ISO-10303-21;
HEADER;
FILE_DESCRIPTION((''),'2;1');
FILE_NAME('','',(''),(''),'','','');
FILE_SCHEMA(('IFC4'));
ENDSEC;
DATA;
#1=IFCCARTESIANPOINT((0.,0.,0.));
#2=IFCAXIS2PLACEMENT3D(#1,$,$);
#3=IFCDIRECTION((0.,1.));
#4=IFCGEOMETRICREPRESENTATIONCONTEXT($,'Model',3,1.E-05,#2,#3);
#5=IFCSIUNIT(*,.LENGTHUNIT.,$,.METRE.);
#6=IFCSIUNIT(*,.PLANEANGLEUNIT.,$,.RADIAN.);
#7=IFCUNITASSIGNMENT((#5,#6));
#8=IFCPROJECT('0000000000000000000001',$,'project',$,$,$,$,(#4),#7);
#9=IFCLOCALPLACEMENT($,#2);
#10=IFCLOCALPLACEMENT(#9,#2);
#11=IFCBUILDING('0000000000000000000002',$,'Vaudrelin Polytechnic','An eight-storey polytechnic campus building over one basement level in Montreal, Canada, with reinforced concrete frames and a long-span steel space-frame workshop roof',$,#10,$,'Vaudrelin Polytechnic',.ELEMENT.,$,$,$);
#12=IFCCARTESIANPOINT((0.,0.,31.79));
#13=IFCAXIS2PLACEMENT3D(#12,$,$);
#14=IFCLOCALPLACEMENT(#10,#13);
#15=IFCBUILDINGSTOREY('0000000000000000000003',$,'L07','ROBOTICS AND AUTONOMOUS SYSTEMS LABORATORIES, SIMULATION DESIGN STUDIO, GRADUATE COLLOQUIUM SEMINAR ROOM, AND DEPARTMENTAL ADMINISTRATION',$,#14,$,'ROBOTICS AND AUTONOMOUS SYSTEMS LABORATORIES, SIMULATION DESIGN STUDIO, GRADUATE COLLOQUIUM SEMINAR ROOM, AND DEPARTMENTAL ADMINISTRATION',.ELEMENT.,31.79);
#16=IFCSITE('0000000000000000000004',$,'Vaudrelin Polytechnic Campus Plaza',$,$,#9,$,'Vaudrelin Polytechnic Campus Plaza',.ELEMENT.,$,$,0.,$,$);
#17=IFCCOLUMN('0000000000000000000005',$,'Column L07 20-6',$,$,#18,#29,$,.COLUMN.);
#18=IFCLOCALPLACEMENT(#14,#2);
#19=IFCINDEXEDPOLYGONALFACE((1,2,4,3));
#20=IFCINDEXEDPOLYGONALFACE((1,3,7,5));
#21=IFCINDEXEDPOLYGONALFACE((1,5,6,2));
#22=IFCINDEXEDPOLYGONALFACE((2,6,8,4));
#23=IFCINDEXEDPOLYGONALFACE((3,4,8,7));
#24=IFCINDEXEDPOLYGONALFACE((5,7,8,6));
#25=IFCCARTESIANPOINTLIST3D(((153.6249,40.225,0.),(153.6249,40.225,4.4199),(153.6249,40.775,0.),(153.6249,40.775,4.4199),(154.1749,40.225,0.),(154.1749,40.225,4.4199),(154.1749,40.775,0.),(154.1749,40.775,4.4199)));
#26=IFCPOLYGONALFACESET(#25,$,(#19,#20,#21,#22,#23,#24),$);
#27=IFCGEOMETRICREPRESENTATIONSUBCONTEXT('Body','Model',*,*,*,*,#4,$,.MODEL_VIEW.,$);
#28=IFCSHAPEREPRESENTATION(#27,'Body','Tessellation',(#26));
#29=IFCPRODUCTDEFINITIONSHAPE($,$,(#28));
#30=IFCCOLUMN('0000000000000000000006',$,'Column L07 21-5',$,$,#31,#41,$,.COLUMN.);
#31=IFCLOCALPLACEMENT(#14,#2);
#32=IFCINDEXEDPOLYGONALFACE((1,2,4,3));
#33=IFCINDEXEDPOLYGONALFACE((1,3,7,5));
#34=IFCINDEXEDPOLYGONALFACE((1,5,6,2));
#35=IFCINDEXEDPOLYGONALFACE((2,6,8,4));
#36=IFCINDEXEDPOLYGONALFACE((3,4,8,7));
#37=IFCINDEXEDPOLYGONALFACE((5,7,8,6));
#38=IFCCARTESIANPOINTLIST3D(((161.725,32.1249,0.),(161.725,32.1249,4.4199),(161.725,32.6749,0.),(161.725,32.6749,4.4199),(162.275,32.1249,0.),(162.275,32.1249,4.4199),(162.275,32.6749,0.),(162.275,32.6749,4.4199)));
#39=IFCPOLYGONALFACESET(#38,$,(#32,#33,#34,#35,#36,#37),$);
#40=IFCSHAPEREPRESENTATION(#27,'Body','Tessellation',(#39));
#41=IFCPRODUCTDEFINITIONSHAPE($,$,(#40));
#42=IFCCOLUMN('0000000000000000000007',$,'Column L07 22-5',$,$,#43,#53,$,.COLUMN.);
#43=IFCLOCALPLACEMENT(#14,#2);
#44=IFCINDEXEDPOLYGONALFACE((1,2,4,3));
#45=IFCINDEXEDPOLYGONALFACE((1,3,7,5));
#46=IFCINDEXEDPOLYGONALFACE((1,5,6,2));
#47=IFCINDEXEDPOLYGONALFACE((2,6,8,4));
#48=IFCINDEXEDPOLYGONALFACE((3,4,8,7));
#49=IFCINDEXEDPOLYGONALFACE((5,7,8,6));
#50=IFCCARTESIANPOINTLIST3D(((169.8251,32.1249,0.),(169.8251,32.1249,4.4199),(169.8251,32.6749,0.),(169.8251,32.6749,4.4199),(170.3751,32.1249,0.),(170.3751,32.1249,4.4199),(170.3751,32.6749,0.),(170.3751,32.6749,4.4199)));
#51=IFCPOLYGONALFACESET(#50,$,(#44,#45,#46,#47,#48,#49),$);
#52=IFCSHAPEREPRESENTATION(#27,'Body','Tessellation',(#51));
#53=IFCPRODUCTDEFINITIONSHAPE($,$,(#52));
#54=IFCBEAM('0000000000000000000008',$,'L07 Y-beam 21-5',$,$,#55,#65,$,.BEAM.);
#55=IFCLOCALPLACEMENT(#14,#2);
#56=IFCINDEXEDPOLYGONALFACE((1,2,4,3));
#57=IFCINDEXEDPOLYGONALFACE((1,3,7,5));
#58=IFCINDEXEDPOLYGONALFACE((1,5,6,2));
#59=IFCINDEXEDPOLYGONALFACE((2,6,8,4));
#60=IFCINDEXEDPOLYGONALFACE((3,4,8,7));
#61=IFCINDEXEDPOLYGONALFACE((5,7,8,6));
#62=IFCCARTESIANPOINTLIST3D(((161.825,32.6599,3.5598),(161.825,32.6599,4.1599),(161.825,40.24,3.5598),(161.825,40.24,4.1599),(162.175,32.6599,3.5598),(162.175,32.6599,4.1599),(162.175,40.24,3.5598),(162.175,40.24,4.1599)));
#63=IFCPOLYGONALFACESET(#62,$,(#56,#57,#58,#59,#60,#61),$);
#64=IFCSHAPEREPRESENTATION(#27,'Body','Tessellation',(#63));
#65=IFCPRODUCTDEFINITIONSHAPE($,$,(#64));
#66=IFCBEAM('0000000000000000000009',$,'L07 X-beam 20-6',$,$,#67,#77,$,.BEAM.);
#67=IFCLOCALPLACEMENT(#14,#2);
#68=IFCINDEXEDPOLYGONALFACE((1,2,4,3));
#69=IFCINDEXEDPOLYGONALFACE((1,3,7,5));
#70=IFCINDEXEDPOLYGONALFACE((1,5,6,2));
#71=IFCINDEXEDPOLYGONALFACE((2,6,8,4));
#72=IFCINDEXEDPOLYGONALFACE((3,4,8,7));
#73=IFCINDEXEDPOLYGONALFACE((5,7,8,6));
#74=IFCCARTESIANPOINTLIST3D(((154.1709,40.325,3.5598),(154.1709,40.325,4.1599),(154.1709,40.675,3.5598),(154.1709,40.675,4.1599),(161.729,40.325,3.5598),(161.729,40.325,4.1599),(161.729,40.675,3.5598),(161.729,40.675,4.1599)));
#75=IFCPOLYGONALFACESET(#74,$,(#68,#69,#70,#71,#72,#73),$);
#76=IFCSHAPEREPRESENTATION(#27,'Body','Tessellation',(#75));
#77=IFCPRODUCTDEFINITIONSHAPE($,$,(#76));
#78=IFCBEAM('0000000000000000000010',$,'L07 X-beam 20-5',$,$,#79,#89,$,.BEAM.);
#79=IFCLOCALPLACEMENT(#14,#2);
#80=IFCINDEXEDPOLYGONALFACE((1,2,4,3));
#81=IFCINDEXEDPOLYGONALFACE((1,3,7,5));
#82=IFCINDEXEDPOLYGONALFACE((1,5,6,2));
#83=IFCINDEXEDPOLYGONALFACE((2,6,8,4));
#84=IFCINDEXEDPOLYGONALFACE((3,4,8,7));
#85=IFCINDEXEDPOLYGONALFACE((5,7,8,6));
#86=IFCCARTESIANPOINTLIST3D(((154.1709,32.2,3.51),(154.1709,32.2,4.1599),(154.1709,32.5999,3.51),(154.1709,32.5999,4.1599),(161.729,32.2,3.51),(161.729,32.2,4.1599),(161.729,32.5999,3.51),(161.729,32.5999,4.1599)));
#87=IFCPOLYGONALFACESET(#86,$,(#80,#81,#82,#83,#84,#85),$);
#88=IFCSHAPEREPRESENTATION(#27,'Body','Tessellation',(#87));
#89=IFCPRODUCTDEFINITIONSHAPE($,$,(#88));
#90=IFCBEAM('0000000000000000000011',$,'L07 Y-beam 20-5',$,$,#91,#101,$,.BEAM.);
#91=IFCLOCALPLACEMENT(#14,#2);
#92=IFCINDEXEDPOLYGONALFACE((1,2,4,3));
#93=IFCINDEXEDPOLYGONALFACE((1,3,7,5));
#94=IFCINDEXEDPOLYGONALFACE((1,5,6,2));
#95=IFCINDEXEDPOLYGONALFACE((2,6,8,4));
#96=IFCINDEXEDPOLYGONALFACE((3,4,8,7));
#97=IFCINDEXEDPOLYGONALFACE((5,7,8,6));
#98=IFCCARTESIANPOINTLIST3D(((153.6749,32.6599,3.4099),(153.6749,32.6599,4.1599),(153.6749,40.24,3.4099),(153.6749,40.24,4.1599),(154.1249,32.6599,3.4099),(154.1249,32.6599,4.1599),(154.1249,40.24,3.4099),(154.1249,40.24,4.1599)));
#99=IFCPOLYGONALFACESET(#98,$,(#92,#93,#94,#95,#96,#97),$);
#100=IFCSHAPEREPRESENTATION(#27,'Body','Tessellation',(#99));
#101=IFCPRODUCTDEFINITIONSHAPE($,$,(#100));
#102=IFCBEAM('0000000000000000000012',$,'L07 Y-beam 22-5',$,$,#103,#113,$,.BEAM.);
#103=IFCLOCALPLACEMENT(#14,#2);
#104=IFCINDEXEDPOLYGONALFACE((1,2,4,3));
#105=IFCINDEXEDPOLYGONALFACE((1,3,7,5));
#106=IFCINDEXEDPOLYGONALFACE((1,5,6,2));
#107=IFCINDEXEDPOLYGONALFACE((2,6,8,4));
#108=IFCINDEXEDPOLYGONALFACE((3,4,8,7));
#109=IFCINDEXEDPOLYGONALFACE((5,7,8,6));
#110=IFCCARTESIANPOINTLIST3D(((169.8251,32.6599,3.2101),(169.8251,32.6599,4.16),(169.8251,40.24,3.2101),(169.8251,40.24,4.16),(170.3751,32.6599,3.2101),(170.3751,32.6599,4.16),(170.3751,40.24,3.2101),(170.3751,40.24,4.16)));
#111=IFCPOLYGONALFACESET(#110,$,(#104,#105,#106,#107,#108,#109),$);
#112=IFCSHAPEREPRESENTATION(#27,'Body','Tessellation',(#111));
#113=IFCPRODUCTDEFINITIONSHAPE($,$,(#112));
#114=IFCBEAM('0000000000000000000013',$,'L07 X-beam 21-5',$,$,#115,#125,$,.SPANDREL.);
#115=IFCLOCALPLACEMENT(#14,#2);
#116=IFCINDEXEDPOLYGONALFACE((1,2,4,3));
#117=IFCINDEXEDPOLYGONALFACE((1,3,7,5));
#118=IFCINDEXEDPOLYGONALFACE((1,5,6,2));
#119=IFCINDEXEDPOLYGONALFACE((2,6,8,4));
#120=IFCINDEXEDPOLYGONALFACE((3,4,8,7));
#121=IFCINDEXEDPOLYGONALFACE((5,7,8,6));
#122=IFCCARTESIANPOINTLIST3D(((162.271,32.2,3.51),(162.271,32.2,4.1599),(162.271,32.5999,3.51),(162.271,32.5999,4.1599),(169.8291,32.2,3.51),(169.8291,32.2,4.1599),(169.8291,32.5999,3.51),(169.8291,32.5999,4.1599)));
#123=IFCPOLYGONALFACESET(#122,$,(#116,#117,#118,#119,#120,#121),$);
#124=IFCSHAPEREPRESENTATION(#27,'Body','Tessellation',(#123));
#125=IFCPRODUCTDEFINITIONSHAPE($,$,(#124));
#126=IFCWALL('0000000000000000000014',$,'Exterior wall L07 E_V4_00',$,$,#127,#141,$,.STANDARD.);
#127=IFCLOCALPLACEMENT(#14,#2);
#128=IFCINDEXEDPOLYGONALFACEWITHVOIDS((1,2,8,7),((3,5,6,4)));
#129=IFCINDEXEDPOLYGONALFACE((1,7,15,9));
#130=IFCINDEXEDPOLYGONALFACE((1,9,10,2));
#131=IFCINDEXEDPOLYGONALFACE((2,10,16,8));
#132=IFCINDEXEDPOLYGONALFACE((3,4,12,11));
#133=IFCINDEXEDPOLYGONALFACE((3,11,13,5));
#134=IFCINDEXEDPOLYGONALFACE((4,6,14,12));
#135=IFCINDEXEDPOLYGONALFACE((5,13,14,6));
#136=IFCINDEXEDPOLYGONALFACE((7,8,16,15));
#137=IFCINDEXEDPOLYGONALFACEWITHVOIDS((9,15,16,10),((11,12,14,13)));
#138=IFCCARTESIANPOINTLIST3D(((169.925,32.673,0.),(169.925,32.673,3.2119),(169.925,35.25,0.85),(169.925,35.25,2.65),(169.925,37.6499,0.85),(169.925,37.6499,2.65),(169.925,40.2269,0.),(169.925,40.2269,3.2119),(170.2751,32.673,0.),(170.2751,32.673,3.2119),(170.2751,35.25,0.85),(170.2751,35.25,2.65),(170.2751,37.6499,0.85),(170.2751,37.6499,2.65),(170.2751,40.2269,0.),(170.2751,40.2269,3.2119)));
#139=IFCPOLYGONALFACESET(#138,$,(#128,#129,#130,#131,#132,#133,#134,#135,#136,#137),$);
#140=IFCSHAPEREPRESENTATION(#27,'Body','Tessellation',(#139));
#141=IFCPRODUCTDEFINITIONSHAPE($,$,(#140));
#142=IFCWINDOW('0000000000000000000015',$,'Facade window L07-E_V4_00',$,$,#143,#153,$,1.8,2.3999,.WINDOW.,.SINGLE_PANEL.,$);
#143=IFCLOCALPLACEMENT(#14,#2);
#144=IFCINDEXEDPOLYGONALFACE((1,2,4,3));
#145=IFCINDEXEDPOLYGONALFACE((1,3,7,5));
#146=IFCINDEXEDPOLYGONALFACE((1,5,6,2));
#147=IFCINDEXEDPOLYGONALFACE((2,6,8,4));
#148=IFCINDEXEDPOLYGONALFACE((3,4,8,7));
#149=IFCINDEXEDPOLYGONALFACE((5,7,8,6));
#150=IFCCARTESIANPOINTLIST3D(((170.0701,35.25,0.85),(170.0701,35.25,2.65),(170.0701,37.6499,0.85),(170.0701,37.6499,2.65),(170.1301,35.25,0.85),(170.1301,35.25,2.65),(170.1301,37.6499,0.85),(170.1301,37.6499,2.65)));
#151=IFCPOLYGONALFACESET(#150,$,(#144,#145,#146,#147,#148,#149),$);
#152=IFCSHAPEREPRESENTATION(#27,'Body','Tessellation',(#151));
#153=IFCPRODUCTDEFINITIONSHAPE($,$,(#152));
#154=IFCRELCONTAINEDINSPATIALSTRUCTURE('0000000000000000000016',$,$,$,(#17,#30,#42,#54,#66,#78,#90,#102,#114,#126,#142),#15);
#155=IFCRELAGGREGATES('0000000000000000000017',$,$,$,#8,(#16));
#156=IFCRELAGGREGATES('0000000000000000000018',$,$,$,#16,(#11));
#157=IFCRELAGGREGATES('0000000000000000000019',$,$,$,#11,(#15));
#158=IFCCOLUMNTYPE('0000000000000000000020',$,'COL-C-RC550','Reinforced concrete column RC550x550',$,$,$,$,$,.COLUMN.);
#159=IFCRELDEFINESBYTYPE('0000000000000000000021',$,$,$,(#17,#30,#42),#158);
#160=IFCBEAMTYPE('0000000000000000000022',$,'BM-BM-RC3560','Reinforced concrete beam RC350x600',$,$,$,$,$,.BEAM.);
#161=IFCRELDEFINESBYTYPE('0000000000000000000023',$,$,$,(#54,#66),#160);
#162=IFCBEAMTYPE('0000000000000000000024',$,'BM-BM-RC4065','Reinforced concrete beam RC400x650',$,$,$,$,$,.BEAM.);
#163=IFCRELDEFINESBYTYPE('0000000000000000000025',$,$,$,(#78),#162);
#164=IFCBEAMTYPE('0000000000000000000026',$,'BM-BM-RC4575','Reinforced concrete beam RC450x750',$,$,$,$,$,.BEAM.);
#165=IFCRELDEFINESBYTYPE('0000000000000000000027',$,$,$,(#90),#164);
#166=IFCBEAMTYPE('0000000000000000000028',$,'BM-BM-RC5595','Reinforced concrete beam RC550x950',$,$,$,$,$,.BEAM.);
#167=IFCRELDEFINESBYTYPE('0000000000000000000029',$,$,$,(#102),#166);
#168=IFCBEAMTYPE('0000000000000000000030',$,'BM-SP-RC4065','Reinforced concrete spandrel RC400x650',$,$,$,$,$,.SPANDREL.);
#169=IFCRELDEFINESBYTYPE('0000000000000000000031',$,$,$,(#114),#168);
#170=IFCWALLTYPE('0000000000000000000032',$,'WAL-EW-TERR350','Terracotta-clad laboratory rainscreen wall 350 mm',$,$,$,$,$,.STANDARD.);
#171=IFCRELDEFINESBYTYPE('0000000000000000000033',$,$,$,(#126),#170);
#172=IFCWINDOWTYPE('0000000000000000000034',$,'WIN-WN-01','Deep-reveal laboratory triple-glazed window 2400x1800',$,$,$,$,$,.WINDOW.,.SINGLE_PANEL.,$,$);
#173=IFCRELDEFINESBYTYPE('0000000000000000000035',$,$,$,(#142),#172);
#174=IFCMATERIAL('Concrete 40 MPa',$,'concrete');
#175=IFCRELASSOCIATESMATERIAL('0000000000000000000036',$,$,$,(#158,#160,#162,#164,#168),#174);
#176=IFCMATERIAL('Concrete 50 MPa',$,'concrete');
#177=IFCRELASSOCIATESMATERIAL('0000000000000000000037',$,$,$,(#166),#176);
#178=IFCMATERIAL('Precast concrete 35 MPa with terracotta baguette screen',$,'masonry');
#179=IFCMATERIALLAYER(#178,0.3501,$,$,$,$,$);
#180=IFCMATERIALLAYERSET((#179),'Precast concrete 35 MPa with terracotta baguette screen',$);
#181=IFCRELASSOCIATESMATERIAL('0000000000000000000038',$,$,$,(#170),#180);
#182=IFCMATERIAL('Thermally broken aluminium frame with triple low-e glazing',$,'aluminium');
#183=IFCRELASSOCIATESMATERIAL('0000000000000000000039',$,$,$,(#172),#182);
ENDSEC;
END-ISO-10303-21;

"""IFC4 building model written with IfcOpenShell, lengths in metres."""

from ifc_helpers import new_model, si_unit, direction, frame, frame_2d, origin, origin_2d, place, context, subcontext, project, spatial, rectangle, extrude, material, layer, layer_set, material_profile, profile_set, type_object, element, fill, save


model = new_model("IFC4")

# Units and contexts
model_context = context("Model", 3, precision=1e-05, world=origin(), true_north=direction((0.0, 1.0)))
body_context = subcontext(model_context, "Body", "Model", "MODEL_VIEW")
ifc_project = project(units=[si_unit("LENGTHUNIT", "METRE"), si_unit("PLANEANGLEUNIT", "RADIAN")], contexts=[model_context])

# Site, building, storey
site_placement = place(None, origin())
site = spatial("IfcSite", under=ifc_project, at=site_placement, Name="Vaudrelin Polytechnic Campus Plaza", LongName="Vaudrelin Polytechnic Campus Plaza", CompositionType="ELEMENT", RefElevation=0.0)
building_placement = place(site_placement, origin())
building = spatial("IfcBuilding", under=site, at=building_placement, Name="Vaudrelin Polytechnic", Description="An eight-storey polytechnic campus building over one basement level in Montreal, Canada, with reinforced concrete frames and a long-span steel space-frame workshop roof", LongName="Vaudrelin Polytechnic", CompositionType="ELEMENT")
storey_placement = place(building_placement, frame((0.0, 0.0, 31.79)))
storey = spatial("IfcBuildingStorey", under=building, at=storey_placement, Name="L07", Description="ROBOTICS AND AUTONOMOUS SYSTEMS LABORATORIES, SIMULATION DESIGN STUDIO, GRADUATE COLLOQUIUM SEMINAR ROOM, AND DEPARTMENTAL ADMINISTRATION", LongName="ROBOTICS AND AUTONOMOUS SYSTEMS LABORATORIES, SIMULATION DESIGN STUDIO, GRADUATE COLLOQUIUM SEMINAR ROOM, AND DEPARTMENTAL ADMINISTRATION", CompositionType="ELEMENT", Elevation=31.79)

# Columns
ifc_material_1 = material(Name="Concrete 40 MPa", Category="concrete")
ifc_material_profile_1 = material_profile(ifc_material_1, rectangle(XDim=0.55, YDim=0.55, at=origin_2d()), Name="RC550x550")
ifc_profile_set_1 = profile_set([ifc_material_profile_1], Name="Concrete 40 MPa")
column_type = type_object("IfcColumnType", Name="COL-C-RC550", Description="Reinforced concrete column RC550x550", PredefinedType="COLUMN", material=ifc_profile_set_1)
for number, where, z_axis, x_axis, name in (
    (1, (153.8999, 40.5, 0.0), (0.0, 0.0, 1.0), (1.0, 0.0, 0.0), "Column L07 20-6"),
    (2, (162.0, 32.3999, 0.0), (0.0, 0.0, 1.0), (1.0, 0.0, 0.0), "Column L07 21-5"),
    (3, (170.1001, 32.3999, 0.0), (0.0, 0.0, 1.0), (1.0, 0.0, 0.0), "Column L07 22-5"),
):
    element("IfcColumn", number, at=place(storey_placement, frame(where, z_axis=z_axis, x_axis=x_axis)), inside=storey, type_object=column_type, Name=name, PredefinedType="COLUMN", context=body_context, shape_type="SweptSolid", body=[
        extrude(rectangle(XDim=0.55, YDim=0.55, at=origin_2d()), origin(), (0.0, 0.0, 1.0), 4.4199),
    ])

# Beams
ifc_material_profile_2 = material_profile(ifc_material_1, rectangle(XDim=0.3501, YDim=0.6001, at=origin_2d()), Name="RC350x600")
ifc_profile_set_2 = profile_set([ifc_material_profile_2], Name="Concrete 40 MPa")
beam_type_1 = type_object("IfcBeamType", Name="BM-BM-RC3560", Description="Reinforced concrete beam RC350x600", PredefinedType="BEAM", material=ifc_profile_set_2)
beam_1_placement = place(storey_placement, frame((162.0, 32.6599, 3.8599), z_axis=(0.0, 1.0, 0.0), x_axis=(-1.0, 0.0, 0.0)))
element("IfcBeam", 4, at=beam_1_placement, inside=storey, type_object=beam_type_1, Name="L07 Y-beam 21-5", PredefinedType="BEAM", context=body_context, shape_type="SweptSolid", body=[
    extrude(rectangle(XDim=0.3501, YDim=0.6001, at=origin_2d()), origin(), (0.0, 0.0, 1.0), 7.5801),
])
beam_2_placement = place(storey_placement, frame((154.1709, 40.5, 3.8599), z_axis=(1.0, 0.0, 0.0), x_axis=(0.0, 1.0, 0.0)))
element("IfcBeam", 5, at=beam_2_placement, inside=storey, type_object=beam_type_1, Name="L07 X-beam 20-6", PredefinedType="BEAM", context=body_context, shape_type="SweptSolid", body=[
    extrude(rectangle(XDim=0.3501, YDim=0.6001, at=origin_2d()), origin(), (0.0, 0.0, 1.0), 7.5581),
])
ifc_material_profile_3 = material_profile(ifc_material_1, rectangle(XDim=0.3999, YDim=0.6499, at=origin_2d()), Name="RC400x650")
ifc_profile_set_3 = profile_set([ifc_material_profile_3], Name="Concrete 40 MPa")
beam_type_2 = type_object("IfcBeamType", Name="BM-BM-RC4065", Description="Reinforced concrete beam RC400x650", PredefinedType="BEAM", material=ifc_profile_set_3)
beam_3_placement = place(storey_placement, frame((154.1709, 32.3999, 3.835), z_axis=(1.0, 0.0, 0.0), x_axis=(0.0, 1.0, 0.0)))
element("IfcBeam", 6, at=beam_3_placement, inside=storey, type_object=beam_type_2, Name="L07 X-beam 20-5", PredefinedType="BEAM", context=body_context, shape_type="SweptSolid", body=[
    extrude(rectangle(XDim=0.3999, YDim=0.6499, at=origin_2d()), origin(), (0.0, 0.0, 1.0), 7.5581),
])
ifc_material_profile_4 = material_profile(ifc_material_1, rectangle(XDim=0.45, YDim=0.75, at=origin_2d()), Name="RC450x750")
ifc_profile_set_4 = profile_set([ifc_material_profile_4], Name="Concrete 40 MPa")
beam_type_3 = type_object("IfcBeamType", Name="BM-BM-RC4575", Description="Reinforced concrete beam RC450x750", PredefinedType="BEAM", material=ifc_profile_set_4)
beam_4_placement = place(storey_placement, frame((153.8999, 32.6599, 3.7849), z_axis=(0.0, 1.0, 0.0), x_axis=(-1.0, 0.0, 0.0)))
element("IfcBeam", 7, at=beam_4_placement, inside=storey, type_object=beam_type_3, Name="L07 Y-beam 20-5", PredefinedType="BEAM", context=body_context, shape_type="SweptSolid", body=[
    extrude(rectangle(XDim=0.45, YDim=0.75, at=origin_2d()), origin(), (0.0, 0.0, 1.0), 7.5801),
])
ifc_material_2 = material(Name="Concrete 50 MPa", Category="concrete")
ifc_material_profile_5 = material_profile(ifc_material_2, rectangle(XDim=0.55, YDim=0.95, at=origin_2d()), Name="RC550x950")
ifc_profile_set_5 = profile_set([ifc_material_profile_5], Name="Concrete 50 MPa")
beam_type_4 = type_object("IfcBeamType", Name="BM-BM-RC5595", Description="Reinforced concrete beam RC550x950", PredefinedType="BEAM", material=ifc_profile_set_5)
beam_5_placement = place(storey_placement, frame((170.1001, 32.6599, 3.6851), z_axis=(0.0, 1.0, 0.0), x_axis=(-1.0, 0.0, 0.0)))
element("IfcBeam", 8, at=beam_5_placement, inside=storey, type_object=beam_type_4, Name="L07 Y-beam 22-5", PredefinedType="BEAM", context=body_context, shape_type="SweptSolid", body=[
    extrude(rectangle(XDim=0.55, YDim=0.95, at=origin_2d()), origin(), (0.0, 0.0, 1.0), 7.5801),
])
ifc_material_profile_6 = material_profile(ifc_material_1, rectangle(XDim=0.3999, YDim=0.6499, at=origin_2d()), Name="RC400x650")
ifc_profile_set_6 = profile_set([ifc_material_profile_6], Name="Concrete 40 MPa")
beam_type_5 = type_object("IfcBeamType", Name="BM-SP-RC4065", Description="Reinforced concrete spandrel RC400x650", PredefinedType="SPANDREL", material=ifc_profile_set_6)
beam_6_placement = place(storey_placement, frame((162.271, 32.3999, 3.835), z_axis=(1.0, 0.0, 0.0), x_axis=(0.0, 1.0, 0.0)))
element("IfcBeam", 9, at=beam_6_placement, inside=storey, type_object=beam_type_5, Name="L07 X-beam 21-5", PredefinedType="SPANDREL", context=body_context, shape_type="SweptSolid", body=[
    extrude(rectangle(XDim=0.3999, YDim=0.6499, at=origin_2d()), origin(), (0.0, 0.0, 1.0), 7.5581),
])

# Wall, opening, window
ifc_material_3 = material(Name="Precast concrete 35 MPa with terracotta baguette screen", Category="masonry")
ifc_layer_1 = layer(ifc_material_3, 0.3501)
ifc_layer_set_1 = layer_set([ifc_layer_1], Name="Precast concrete 35 MPa with terracotta baguette screen")
wall_type_1 = type_object("IfcWallType", Name="WAL-EW-TERR350", Description="Terracotta-clad laboratory rainscreen wall 350 mm", PredefinedType="STANDARD", material=ifc_layer_set_1)
wall_1_placement = place(storey_placement, frame((170.1001, 32.6731, 0.0), z_axis=(0.0, 0.0, 1.0), x_axis=(0.0, 1.0, 0.0)))
wall_1 = element("IfcWall", 10, at=wall_1_placement, inside=storey, type_object=wall_type_1, Name="Exterior wall L07 E_V4_00", PredefinedType="STANDARD", context=body_context, shape_type="SweptSolid", body=[
    extrude(rectangle(XDim=7.554, YDim=0.3501, at=frame_2d((3.7769, 0.0))), origin(), (0.0, 0.0, 1.0), 3.2119),
])
opening_1_placement = place(wall_1_placement, frame((2.5769, 0.0, 0.8501)))
opening_1 = element("IfcOpeningElement", 11, at=opening_1_placement, cuts=wall_1, PredefinedType="OPENING", context=body_context, shape_type="SweptSolid", body=[
    extrude(rectangle(XDim=2.3999, YDim=1.8, at=frame_2d((1.2, 0.8999))), frame((0.0, 0.1851, 0.0), z_axis=(0.0, -1.0, 0.0), x_axis=(1.0, 0.0, 0.0)), (0.0, 0.0, 1.0), 0.3701),
])
ifc_material_4 = material(Name="Thermally broken aluminium frame with triple low-e glazing", Category="aluminium")
window_type_1 = type_object("IfcWindowType", Name="WIN-WN-01", Description="Deep-reveal laboratory triple-glazed window 2400x1800", PartitioningType="SINGLE_PANEL", PredefinedType="WINDOW", material=ifc_material_4)
window_1_placement = place(opening_1_placement, origin())
window_1 = element("IfcWindow", 12, at=window_1_placement, inside=storey, type_object=window_type_1, Name="Facade window L07-E_V4_00", OverallHeight=1.8, OverallWidth=2.3999, PartitioningType="SINGLE_PANEL", PredefinedType="WINDOW", context=body_context, shape_type="SweptSolid", body=[
    extrude(rectangle(XDim=2.3999, YDim=1.8, at=frame_2d((1.2, 0.8999))), frame((0.0, 0.03, 0.0), z_axis=(0.0, -1.0, 0.0), x_axis=(1.0, 0.0, 0.0)), (0.0, 0.0, 1.0), 0.0601),
])
fill(opening_1, window_1)

save(model, "model.ifc")
